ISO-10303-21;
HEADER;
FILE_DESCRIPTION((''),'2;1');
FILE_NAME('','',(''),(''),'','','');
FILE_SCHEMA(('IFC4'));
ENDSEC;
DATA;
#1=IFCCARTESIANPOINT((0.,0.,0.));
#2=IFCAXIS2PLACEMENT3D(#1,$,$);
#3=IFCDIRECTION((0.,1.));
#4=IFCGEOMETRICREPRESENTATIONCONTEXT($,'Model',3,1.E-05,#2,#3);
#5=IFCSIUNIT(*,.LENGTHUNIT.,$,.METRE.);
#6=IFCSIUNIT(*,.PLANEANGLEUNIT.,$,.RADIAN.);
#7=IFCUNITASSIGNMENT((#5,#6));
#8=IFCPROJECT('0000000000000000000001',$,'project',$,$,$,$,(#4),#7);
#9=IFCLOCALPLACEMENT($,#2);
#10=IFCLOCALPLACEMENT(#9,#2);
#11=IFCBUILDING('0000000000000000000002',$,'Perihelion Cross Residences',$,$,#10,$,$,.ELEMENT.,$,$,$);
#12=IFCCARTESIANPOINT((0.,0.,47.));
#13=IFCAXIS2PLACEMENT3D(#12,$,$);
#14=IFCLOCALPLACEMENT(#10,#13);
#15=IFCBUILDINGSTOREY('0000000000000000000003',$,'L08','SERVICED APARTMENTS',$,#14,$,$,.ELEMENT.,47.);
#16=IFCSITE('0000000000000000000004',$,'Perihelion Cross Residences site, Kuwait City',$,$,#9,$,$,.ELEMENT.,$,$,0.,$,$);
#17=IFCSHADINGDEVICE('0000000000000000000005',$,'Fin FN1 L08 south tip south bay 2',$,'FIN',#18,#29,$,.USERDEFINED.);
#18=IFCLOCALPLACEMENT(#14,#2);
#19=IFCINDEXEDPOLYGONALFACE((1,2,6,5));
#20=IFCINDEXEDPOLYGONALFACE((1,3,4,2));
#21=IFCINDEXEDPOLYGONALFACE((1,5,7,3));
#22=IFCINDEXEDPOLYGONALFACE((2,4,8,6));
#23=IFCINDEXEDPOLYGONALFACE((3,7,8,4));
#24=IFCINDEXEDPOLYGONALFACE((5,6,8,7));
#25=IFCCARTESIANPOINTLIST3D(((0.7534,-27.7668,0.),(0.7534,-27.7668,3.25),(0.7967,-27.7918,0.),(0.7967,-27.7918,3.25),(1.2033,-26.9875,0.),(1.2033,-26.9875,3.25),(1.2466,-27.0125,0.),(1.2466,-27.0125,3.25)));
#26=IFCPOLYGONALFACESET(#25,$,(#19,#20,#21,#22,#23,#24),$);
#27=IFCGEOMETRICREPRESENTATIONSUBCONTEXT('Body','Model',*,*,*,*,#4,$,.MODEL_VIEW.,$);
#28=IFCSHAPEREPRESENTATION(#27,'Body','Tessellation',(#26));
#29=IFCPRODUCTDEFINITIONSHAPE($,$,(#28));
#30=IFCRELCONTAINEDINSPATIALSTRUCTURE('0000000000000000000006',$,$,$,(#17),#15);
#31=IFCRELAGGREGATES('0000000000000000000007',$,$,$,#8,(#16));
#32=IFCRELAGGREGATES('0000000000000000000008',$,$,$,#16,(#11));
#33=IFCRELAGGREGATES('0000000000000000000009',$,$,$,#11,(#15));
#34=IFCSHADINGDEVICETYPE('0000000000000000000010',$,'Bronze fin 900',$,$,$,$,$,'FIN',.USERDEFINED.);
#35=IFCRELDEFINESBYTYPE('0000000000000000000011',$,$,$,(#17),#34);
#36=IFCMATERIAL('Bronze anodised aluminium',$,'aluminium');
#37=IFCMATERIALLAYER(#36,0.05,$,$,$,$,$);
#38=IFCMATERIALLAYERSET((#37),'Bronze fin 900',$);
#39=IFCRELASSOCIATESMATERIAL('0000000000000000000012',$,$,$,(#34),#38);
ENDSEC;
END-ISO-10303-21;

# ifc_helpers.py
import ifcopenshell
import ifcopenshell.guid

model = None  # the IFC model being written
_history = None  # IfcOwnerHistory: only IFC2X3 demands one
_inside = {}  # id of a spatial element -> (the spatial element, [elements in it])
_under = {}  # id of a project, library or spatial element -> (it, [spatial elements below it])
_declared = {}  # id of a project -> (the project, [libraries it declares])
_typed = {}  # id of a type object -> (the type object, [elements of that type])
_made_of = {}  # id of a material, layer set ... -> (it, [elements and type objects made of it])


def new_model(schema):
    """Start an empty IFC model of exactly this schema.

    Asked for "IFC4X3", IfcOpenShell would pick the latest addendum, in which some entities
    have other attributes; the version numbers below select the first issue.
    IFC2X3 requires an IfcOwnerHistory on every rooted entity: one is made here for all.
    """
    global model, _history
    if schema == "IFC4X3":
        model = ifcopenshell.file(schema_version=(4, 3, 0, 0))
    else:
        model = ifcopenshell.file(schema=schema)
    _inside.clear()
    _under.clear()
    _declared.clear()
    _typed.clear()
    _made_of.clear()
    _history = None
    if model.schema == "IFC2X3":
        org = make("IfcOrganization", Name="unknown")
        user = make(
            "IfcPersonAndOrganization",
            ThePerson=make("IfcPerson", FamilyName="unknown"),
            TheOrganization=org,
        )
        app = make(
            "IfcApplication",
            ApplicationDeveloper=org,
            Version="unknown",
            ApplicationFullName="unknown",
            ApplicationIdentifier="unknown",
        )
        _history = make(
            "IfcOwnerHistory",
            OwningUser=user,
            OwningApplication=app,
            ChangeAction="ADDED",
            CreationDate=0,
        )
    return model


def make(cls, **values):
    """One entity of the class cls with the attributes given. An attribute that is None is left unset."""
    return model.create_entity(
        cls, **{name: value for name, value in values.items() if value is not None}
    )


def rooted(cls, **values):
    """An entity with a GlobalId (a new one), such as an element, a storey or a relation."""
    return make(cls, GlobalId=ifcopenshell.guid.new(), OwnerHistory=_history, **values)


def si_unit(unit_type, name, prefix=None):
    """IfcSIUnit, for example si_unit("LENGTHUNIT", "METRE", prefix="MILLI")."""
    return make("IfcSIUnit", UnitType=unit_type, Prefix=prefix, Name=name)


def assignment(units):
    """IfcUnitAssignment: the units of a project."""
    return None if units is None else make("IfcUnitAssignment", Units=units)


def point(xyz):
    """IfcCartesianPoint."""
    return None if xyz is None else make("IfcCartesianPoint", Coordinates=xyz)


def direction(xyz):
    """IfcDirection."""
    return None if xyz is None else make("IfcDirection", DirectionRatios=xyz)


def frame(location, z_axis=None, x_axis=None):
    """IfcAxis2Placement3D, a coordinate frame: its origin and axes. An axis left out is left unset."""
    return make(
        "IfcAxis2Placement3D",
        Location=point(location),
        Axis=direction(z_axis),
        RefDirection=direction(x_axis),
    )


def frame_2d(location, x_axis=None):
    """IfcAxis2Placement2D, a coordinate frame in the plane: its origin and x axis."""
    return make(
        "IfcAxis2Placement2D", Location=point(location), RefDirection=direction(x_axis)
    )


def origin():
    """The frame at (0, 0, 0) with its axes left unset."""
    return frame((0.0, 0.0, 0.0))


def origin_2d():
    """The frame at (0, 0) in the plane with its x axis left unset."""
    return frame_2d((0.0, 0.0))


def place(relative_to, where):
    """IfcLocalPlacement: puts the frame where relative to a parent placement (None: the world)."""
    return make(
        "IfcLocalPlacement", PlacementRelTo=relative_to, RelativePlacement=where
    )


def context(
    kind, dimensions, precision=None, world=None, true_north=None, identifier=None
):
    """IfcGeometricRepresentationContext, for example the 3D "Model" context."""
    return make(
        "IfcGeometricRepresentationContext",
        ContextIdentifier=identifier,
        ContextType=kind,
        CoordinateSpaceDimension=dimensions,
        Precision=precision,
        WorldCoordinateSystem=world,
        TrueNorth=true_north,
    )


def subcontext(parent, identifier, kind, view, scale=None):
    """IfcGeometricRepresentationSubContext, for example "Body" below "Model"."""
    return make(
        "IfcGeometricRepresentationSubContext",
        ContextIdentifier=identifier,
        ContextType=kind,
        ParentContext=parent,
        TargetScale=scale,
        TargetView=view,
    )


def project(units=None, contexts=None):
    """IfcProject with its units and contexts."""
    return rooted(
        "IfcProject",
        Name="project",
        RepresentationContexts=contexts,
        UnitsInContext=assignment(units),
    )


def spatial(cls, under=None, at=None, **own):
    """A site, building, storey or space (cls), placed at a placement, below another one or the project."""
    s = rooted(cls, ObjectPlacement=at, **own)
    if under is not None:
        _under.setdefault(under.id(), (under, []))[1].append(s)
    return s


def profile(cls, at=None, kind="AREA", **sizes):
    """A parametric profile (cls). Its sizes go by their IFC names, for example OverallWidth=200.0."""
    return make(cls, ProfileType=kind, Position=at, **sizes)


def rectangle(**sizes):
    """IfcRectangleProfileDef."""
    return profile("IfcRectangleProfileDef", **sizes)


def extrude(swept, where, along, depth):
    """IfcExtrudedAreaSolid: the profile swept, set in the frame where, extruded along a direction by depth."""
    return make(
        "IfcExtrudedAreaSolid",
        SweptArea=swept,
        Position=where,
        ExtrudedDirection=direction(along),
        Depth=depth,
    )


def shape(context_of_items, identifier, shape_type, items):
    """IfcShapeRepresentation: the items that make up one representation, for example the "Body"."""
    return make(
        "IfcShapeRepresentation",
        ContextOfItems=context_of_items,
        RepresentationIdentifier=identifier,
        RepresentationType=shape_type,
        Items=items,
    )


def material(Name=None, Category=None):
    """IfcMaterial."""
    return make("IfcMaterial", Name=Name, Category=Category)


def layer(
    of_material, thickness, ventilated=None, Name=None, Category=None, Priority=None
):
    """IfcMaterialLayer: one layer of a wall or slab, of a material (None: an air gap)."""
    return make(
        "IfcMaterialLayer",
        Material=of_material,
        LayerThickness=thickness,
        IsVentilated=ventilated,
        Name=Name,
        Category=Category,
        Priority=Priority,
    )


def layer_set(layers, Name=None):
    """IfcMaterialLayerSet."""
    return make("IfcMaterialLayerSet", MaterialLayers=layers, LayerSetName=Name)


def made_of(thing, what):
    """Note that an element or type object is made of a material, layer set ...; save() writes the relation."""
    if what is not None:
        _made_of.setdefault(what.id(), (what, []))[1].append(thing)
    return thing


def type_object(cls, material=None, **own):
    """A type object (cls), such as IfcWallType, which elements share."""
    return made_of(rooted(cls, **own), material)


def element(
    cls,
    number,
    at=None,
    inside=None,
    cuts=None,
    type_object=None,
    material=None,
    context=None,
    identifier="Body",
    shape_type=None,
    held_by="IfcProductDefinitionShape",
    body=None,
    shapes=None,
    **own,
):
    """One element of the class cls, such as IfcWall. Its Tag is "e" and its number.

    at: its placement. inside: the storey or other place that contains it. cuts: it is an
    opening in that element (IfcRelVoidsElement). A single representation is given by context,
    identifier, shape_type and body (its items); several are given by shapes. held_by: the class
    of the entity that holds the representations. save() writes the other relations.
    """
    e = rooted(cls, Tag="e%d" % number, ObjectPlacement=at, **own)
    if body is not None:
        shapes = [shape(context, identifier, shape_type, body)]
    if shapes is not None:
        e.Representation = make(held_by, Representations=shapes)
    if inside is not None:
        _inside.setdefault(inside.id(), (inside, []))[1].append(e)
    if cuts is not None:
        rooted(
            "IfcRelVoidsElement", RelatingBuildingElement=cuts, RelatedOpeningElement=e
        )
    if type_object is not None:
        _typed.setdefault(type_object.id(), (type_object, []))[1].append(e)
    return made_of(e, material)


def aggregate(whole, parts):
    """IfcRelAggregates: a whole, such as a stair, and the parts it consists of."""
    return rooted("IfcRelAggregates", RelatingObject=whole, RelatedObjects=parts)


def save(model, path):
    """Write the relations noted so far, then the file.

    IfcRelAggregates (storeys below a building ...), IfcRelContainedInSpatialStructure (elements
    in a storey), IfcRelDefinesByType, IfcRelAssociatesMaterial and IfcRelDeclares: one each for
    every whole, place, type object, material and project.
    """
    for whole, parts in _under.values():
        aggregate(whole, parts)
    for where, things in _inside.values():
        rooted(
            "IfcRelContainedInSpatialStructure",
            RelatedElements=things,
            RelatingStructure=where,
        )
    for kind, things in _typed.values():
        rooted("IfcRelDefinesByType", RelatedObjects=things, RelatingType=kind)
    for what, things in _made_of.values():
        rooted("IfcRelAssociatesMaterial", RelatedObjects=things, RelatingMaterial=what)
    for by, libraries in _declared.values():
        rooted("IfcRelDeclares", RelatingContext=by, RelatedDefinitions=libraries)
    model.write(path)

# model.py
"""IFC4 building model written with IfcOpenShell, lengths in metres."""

from ifc_helpers import new_model, si_unit, direction, frame, origin, origin_2d, place, context, subcontext, project, spatial, rectangle, extrude, material, layer, layer_set, type_object, element, save


model = new_model("IFC4")

# Units and contexts
model_context = context("Model", 3, precision=1e-05, world=origin(), true_north=direction((0.0, 1.0)))
body_context = subcontext(model_context, "Body", "Model", "MODEL_VIEW")
ifc_project = project(units=[si_unit("LENGTHUNIT", "METRE"), si_unit("PLANEANGLEUNIT", "RADIAN")], contexts=[model_context])

# Site, building, storey
site_placement = place(None, origin())
site = spatial("IfcSite", under=ifc_project, at=site_placement, Name="Perihelion Cross Residences site, Kuwait City", CompositionType="ELEMENT", RefElevation=0.0)
building_placement = place(site_placement, origin())
building = spatial("IfcBuilding", under=site, at=building_placement, Name="Perihelion Cross Residences", CompositionType="ELEMENT")
storey_placement = place(building_placement, frame((0.0, 0.0, 47.0)))
storey = spatial("IfcBuildingStorey", under=building, at=storey_placement, Name="L08", Description="SERVICED APARTMENTS", CompositionType="ELEMENT", Elevation=47.0)

# Shading device
ifc_material_1 = material(Name="Bronze anodised aluminium", Category="aluminium")
ifc_layer_1 = layer(ifc_material_1, 0.05)
ifc_layer_set_1 = layer_set([ifc_layer_1], Name="Bronze fin 900")
shading_device_type = type_object("IfcShadingDeviceType", Name="Bronze fin 900", ElementType="FIN", PredefinedType="USERDEFINED", material=ifc_layer_set_1)
shading_device_placement = place(storey_placement, frame((1.0, -27.3896, 0.0), z_axis=(0.0, 0.0, 1.0), x_axis=(-0.5, -0.866025, 0.0)))
element("IfcShadingDevice", 1, at=shading_device_placement, inside=storey, type_object=shading_device_type, Name="Fin FN1 L08 south tip south bay 2", ObjectType="FIN", PredefinedType="USERDEFINED", context=body_context, shape_type="SweptSolid", body=[
    extrude(rectangle(XDim=0.8999, YDim=0.05, at=origin_2d()), origin(), (0.0, 0.0, 1.0), 3.25),
])

save(model, "model.ifc")
